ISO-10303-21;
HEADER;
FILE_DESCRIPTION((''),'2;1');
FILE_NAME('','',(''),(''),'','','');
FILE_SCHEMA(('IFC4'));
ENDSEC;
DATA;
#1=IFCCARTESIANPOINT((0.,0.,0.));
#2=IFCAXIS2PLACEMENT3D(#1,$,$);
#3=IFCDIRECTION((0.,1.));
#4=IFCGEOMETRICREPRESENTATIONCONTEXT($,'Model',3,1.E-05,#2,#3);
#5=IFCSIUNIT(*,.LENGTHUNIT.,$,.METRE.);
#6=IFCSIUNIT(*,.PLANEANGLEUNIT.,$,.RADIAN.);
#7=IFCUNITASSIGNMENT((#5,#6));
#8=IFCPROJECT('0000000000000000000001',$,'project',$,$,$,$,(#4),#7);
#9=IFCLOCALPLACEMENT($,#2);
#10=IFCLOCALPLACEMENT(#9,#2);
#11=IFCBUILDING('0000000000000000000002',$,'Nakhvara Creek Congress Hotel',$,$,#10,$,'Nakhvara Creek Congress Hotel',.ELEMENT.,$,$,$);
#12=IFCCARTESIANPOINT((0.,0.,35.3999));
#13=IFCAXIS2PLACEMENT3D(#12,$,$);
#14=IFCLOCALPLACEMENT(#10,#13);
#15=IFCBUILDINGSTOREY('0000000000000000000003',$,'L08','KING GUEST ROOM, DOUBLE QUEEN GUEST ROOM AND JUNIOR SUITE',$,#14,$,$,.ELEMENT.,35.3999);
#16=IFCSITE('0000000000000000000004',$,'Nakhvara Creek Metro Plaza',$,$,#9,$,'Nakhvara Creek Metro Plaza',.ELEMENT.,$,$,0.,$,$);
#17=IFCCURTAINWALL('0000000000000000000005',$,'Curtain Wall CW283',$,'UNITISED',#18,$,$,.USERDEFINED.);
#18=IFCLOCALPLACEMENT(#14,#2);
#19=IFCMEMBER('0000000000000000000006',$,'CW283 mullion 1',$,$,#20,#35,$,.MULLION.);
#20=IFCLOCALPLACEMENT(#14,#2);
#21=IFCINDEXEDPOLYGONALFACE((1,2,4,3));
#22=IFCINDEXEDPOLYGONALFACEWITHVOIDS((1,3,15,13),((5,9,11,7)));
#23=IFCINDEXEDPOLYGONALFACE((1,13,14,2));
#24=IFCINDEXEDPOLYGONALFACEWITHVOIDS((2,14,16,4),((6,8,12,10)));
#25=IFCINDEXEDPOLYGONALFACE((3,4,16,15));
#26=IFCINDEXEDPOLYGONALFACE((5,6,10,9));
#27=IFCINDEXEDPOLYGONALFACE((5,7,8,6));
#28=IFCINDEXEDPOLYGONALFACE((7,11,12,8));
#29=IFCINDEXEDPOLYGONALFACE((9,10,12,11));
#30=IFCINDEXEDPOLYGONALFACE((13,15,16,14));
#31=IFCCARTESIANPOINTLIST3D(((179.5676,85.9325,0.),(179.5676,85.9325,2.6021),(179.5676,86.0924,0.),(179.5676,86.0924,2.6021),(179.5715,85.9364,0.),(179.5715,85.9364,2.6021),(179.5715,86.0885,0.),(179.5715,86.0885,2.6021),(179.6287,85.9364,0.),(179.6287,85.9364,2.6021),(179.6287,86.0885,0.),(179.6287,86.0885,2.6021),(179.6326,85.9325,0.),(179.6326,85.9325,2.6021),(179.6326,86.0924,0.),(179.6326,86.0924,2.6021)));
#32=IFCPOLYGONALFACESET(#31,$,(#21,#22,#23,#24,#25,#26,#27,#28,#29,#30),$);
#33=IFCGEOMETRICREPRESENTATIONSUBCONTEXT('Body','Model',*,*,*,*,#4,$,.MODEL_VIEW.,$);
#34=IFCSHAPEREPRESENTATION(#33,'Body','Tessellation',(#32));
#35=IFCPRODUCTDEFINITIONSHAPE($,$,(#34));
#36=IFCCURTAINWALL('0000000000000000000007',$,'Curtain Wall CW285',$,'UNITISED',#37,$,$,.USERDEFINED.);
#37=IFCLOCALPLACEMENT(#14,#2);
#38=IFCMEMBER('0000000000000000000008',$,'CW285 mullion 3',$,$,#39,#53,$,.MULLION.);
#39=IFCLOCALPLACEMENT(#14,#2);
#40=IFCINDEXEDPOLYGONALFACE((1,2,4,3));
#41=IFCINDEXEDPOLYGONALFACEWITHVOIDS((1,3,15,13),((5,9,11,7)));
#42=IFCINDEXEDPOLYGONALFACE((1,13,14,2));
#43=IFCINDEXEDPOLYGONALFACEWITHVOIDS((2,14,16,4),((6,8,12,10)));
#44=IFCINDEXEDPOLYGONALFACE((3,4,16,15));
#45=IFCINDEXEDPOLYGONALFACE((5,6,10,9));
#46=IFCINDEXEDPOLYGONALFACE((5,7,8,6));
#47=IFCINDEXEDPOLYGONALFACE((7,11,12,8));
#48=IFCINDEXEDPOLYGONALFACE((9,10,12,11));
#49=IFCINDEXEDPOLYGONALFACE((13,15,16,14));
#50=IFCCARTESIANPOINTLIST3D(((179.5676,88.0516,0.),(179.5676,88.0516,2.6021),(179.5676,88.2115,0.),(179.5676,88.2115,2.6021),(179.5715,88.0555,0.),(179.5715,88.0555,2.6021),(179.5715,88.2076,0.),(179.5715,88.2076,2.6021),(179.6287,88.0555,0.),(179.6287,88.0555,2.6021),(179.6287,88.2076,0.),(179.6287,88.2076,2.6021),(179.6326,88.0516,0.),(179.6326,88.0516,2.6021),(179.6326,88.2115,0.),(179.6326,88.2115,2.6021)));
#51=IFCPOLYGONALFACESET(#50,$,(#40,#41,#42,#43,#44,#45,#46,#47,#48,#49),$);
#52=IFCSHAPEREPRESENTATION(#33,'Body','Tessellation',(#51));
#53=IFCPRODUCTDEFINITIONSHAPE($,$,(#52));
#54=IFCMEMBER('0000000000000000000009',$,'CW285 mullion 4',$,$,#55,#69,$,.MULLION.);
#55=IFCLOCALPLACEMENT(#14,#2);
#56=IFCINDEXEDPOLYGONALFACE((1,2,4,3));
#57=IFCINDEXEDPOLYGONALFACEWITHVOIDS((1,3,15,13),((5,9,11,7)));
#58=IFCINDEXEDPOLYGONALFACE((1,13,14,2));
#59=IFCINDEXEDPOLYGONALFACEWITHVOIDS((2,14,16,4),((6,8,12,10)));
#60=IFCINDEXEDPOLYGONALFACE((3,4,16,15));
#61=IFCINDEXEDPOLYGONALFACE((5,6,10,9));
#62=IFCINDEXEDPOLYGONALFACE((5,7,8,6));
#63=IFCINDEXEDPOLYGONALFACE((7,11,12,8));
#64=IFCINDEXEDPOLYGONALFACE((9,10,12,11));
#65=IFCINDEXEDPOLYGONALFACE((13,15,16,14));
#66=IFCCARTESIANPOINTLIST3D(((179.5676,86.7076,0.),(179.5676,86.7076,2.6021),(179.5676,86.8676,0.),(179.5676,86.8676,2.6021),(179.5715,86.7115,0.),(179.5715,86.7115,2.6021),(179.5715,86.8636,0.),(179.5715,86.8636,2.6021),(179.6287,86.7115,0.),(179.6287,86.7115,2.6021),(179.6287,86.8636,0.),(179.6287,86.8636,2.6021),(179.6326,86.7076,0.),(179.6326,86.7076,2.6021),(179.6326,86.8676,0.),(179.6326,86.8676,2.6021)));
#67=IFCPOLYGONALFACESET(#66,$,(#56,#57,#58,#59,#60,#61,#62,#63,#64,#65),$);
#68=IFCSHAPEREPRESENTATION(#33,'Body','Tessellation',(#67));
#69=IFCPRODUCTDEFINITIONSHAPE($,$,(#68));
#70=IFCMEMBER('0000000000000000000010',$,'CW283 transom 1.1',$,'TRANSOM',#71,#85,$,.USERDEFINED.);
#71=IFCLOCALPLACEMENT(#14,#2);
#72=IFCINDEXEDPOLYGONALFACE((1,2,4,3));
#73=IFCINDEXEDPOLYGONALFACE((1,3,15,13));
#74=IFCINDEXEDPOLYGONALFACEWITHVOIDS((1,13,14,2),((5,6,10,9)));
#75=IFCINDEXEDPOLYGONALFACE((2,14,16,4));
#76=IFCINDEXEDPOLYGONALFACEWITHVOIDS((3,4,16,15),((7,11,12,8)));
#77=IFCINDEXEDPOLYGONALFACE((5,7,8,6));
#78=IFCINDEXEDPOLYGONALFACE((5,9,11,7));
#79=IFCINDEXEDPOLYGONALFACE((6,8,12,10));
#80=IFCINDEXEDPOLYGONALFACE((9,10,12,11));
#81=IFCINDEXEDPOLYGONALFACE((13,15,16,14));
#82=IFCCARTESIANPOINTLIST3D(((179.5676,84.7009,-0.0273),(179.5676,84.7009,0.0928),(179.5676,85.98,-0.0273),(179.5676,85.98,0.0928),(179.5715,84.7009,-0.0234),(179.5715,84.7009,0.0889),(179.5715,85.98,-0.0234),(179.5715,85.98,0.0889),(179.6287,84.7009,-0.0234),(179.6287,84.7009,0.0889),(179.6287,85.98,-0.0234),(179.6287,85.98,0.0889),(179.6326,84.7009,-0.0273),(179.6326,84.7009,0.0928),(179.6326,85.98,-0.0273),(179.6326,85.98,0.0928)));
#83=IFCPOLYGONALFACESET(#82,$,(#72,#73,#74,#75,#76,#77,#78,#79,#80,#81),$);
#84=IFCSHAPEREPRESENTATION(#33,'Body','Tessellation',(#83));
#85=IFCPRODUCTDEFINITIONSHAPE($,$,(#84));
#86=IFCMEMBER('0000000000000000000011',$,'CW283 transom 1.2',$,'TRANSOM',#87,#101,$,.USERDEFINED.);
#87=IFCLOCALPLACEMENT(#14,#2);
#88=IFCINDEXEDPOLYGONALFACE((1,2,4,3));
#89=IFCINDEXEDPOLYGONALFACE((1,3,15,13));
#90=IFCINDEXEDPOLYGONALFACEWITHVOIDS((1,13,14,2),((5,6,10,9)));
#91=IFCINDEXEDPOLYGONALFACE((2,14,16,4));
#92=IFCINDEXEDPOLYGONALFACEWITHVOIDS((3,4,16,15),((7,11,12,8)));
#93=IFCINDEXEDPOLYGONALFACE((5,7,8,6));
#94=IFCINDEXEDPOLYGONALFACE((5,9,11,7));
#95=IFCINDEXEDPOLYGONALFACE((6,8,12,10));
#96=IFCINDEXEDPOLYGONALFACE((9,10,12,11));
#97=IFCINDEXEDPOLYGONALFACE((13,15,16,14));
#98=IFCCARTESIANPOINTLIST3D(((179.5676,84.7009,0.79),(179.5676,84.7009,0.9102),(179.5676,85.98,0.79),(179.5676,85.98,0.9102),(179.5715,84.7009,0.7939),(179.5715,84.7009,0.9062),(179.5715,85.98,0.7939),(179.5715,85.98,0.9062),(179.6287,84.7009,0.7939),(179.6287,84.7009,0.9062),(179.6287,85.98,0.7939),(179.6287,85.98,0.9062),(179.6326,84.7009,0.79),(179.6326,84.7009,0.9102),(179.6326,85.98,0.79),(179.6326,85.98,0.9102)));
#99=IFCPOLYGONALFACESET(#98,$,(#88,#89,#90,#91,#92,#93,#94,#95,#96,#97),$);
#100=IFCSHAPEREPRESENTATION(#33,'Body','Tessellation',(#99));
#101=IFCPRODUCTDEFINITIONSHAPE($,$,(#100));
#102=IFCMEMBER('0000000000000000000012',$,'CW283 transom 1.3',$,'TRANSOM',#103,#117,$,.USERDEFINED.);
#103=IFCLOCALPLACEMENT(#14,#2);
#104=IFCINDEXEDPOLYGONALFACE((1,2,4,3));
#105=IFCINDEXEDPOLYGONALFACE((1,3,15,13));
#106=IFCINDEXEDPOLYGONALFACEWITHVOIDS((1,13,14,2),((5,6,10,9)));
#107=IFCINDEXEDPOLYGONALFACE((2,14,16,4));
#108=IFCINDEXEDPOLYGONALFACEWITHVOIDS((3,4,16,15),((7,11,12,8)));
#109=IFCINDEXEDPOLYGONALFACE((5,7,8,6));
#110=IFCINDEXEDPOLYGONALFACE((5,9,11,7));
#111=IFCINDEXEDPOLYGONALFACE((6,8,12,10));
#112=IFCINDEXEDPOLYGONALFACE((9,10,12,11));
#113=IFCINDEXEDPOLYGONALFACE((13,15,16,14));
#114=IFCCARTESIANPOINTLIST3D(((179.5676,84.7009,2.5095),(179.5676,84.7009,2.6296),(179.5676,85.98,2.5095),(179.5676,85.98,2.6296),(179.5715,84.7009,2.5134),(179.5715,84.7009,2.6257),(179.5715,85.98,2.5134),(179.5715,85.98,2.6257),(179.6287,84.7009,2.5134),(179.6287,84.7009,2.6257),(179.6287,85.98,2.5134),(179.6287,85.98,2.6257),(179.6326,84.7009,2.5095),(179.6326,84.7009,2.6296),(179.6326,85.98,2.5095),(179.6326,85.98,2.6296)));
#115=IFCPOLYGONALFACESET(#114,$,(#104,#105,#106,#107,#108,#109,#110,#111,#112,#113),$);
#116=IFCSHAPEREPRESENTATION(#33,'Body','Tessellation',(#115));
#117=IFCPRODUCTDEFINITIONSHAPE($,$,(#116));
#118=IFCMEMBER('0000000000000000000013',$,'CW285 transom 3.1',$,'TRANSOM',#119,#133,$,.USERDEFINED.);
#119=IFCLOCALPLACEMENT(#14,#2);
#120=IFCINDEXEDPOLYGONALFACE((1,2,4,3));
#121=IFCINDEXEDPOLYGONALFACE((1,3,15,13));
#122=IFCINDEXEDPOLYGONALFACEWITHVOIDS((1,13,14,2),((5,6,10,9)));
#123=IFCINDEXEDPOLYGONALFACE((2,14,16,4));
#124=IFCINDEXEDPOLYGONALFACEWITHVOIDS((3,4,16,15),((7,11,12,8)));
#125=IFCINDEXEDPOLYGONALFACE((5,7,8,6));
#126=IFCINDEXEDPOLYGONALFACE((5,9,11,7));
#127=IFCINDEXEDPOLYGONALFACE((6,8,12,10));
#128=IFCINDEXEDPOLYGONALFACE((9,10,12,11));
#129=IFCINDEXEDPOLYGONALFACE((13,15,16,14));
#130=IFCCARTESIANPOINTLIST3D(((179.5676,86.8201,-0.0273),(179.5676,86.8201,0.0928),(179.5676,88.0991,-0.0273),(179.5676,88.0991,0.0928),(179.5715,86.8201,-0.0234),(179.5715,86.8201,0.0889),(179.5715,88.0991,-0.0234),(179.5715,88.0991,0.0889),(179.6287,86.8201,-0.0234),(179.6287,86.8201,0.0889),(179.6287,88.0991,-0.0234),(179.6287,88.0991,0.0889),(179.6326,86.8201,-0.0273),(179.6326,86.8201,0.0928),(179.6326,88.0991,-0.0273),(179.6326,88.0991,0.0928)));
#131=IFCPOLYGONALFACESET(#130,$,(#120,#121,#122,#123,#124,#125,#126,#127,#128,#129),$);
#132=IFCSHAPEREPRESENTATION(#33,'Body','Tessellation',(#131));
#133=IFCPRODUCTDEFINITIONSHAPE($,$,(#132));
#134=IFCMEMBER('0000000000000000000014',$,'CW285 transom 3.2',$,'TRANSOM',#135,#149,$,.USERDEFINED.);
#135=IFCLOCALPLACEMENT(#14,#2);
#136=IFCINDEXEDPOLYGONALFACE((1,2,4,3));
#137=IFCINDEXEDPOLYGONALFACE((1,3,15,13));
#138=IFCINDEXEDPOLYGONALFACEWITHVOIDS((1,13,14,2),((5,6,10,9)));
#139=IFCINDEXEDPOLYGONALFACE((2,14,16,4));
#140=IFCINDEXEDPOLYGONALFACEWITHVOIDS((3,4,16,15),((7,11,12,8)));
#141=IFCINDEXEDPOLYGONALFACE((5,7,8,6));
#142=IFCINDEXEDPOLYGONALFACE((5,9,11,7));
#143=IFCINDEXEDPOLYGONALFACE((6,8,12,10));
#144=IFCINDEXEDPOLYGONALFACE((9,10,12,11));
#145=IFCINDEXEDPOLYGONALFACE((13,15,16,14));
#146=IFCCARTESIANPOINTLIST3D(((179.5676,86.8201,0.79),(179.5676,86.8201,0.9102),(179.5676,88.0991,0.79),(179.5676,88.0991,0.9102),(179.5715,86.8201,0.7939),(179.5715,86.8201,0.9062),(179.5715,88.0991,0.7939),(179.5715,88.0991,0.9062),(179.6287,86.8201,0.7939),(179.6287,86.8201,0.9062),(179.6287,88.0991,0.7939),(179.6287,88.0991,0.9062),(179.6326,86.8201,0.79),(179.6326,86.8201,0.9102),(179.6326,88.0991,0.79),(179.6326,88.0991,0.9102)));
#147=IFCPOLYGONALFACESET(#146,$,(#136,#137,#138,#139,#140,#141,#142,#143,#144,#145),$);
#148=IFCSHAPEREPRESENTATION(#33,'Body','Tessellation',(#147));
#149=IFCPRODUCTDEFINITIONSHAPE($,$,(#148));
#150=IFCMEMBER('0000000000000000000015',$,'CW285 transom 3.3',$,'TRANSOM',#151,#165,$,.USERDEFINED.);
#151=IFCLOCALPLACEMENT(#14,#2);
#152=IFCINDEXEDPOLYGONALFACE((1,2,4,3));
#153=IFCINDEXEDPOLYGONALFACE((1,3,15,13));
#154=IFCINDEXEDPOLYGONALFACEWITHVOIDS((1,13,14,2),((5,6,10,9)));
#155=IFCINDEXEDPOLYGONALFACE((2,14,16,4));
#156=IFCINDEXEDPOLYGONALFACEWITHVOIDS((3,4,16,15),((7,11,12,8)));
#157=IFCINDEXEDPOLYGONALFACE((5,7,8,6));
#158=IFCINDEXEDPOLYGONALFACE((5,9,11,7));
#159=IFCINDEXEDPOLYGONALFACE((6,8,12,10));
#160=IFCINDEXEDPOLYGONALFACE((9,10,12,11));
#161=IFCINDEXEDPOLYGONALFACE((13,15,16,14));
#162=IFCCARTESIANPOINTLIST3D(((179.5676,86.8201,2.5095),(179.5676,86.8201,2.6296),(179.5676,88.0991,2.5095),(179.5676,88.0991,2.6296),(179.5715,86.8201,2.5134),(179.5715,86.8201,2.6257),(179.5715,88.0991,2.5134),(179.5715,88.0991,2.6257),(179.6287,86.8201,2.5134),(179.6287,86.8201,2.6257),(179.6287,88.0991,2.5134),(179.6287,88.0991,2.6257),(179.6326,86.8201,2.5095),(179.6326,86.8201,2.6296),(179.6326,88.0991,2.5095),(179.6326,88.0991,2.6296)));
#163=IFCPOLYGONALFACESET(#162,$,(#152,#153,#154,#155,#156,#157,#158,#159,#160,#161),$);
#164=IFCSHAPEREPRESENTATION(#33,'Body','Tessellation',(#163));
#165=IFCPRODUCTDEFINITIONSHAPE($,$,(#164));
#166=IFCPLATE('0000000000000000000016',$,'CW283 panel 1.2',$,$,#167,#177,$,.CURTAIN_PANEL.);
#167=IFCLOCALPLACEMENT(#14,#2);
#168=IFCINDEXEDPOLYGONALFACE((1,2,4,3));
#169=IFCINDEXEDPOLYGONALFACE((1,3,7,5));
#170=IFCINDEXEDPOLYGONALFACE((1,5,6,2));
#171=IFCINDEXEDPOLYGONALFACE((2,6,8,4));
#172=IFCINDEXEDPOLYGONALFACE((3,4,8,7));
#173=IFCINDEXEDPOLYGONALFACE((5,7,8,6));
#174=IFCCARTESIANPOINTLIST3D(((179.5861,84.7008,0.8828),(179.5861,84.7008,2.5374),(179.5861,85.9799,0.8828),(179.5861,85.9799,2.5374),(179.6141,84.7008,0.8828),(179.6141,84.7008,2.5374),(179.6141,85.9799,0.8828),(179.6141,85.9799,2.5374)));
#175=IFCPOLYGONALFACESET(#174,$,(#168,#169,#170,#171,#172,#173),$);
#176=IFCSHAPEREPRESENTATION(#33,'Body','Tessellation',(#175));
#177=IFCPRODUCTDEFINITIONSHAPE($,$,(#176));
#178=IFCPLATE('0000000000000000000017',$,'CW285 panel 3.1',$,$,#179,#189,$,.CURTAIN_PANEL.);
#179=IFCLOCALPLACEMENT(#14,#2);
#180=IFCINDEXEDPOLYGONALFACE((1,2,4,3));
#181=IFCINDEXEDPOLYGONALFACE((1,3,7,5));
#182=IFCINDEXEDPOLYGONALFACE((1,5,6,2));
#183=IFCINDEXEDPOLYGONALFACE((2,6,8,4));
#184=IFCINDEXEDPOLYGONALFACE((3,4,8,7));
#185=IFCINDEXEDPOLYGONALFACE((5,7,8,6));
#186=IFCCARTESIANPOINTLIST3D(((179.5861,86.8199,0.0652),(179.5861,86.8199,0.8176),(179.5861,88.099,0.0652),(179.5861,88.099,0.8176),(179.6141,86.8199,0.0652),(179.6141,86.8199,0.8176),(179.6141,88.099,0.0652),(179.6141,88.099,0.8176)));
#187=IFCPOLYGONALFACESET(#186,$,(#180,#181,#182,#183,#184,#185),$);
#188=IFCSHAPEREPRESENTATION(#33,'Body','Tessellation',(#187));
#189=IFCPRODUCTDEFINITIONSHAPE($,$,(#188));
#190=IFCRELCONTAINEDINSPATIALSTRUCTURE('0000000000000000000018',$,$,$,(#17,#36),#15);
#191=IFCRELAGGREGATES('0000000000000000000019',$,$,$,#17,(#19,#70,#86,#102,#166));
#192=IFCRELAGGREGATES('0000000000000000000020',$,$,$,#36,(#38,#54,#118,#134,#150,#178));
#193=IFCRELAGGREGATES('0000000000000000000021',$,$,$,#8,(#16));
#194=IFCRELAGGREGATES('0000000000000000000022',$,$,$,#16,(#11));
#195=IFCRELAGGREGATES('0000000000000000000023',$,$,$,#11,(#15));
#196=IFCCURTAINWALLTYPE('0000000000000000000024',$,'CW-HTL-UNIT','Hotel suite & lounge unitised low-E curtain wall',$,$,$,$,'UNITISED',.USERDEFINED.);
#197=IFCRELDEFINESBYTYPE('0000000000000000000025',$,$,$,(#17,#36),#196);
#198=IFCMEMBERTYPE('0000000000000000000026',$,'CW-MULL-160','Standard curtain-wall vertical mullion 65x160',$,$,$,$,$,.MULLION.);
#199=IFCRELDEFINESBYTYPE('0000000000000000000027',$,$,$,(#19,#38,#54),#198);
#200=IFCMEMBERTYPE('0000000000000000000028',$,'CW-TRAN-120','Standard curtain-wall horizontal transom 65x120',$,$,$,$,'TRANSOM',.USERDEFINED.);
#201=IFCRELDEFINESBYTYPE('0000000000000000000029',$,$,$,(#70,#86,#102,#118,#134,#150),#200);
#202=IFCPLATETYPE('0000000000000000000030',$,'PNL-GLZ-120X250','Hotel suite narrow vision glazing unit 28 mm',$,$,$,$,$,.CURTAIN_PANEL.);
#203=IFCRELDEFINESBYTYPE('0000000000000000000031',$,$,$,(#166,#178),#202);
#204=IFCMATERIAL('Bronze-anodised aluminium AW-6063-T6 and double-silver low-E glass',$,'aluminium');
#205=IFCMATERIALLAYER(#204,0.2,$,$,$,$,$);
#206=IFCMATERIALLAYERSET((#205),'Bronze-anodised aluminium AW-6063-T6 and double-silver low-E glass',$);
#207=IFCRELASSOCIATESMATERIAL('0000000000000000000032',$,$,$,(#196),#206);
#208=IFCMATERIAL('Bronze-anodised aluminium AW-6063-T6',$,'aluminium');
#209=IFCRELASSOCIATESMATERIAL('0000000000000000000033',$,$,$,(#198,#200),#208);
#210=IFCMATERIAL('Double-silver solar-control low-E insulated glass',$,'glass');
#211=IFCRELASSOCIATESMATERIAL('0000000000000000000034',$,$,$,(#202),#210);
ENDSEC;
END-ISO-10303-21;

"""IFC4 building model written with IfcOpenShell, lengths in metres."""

from ifc_helpers import new_model, si_unit, direction, frame, origin, origin_2d, place, context, subcontext, project, spatial, rectangle, hollow_rectangle, extrude, material, layer, layer_set, material_profile, profile_set, type_object, element, aggregate, save


model = new_model("IFC4")

# Units and contexts
model_context = context("Model", 3, precision=1e-05, world=origin(), true_north=direction((0.0, 1.0)))
body_context = subcontext(model_context, "Body", "Model", "MODEL_VIEW")
ifc_project = project(units=[si_unit("LENGTHUNIT", "METRE"), si_unit("PLANEANGLEUNIT", "RADIAN")], contexts=[model_context])

# Site, building, storey
site_placement = place(None, origin())
site = spatial("IfcSite", under=ifc_project, at=site_placement, Name="Nakhvara Creek Metro Plaza", LongName="Nakhvara Creek Metro Plaza", CompositionType="ELEMENT", RefElevation=0.0)
building_placement = place(site_placement, origin())
building = spatial("IfcBuilding", under=site, at=building_placement, Name="Nakhvara Creek Congress Hotel", LongName="Nakhvara Creek Congress Hotel", CompositionType="ELEMENT")
storey_placement = place(building_placement, frame((0.0, 0.0, 35.3999)))
storey = spatial("IfcBuildingStorey", under=building, at=storey_placement, Name="L08", Description="KING GUEST ROOM, DOUBLE QUEEN GUEST ROOM AND JUNIOR SUITE", CompositionType="ELEMENT", Elevation=35.3999)

# Curtain wall, member
ifc_material_1 = material(Name="Bronze-anodised aluminium AW-6063-T6 and double-silver low-E glass", Category="aluminium")
ifc_layer_1 = layer(ifc_material_1, 0.2)
ifc_layer_set_1 = layer_set([ifc_layer_1], Name="Bronze-anodised aluminium AW-6063-T6 and double-silver low-E glass")
curtain_wall_type = type_object("IfcCurtainWallType", Name="CW-HTL-UNIT", Description="Hotel suite & lounge unitised low-E curtain wall", ElementType="UNITISED", PredefinedType="USERDEFINED", material=ifc_layer_set_1)
curtain_wall_1_placement = place(storey_placement, origin())
curtain_wall_1 = element("IfcCurtainWall", 1, at=curtain_wall_1_placement, inside=storey, type_object=curtain_wall_type, Name="Curtain Wall CW283", ObjectType="UNITISED", PredefinedType="USERDEFINED")
ifc_material_2 = material(Name="Bronze-anodised aluminium AW-6063-T6", Category="aluminium")
ifc_material_profile_1 = material_profile(ifc_material_2, hollow_rectangle(XDim=0.0649, YDim=0.1599, WallThickness=0.0039, at=origin_2d()), Name="ALU-MULL 65x160x4", Category="LoadBearing")
ifc_profile_set_1 = profile_set([ifc_material_profile_1], Name="Bronze-anodised aluminium AW-6063-T6")
member_type_1 = type_object("IfcMemberType", Name="CW-MULL-160", Description="Standard curtain-wall vertical mullion 65x160", PredefinedType="MULLION", material=ifc_profile_set_1)
member_1_placement = place(storey_placement, frame((179.6001, 86.0125, 0.0), z_axis=(0.0, 0.0, 1.0), x_axis=(1.0, 0.0, 0.0)))
member_1 = element("IfcMember", 2, at=member_1_placement, type_object=member_type_1, Name="CW283 mullion 1", PredefinedType="MULLION", context=body_context, shape_type="SweptSolid", body=[
    extrude(hollow_rectangle(XDim=0.0649, YDim=0.1599, WallThickness=0.0039, at=origin_2d()), origin(), (0.0, 0.0, 1.0), 2.6021),
])

# Curtain wall, members
curtain_wall_2_placement = place(storey_placement, origin())
curtain_wall_2 = element("IfcCurtainWall", 3, at=curtain_wall_2_placement, inside=storey, type_object=curtain_wall_type, Name="Curtain Wall CW285", ObjectType="UNITISED", PredefinedType="USERDEFINED")
member_2_placement = place(storey_placement, frame((179.6001, 88.1316, 0.0), z_axis=(0.0, 0.0, 1.0), x_axis=(1.0, 0.0, 0.0)))
member_2 = element("IfcMember", 4, at=member_2_placement, type_object=member_type_1, Name="CW285 mullion 3", PredefinedType="MULLION", context=body_context, shape_type="SweptSolid", body=[
    extrude(hollow_rectangle(XDim=0.0649, YDim=0.1599, WallThickness=0.0039, at=origin_2d()), origin(), (0.0, 0.0, 1.0), 2.6021),
])
member_3_placement = place(storey_placement, frame((179.6001, 86.7876, 0.0), z_axis=(0.0, 0.0, 1.0), x_axis=(1.0, 0.0, 0.0)))
member_3 = element("IfcMember", 5, at=member_3_placement, type_object=member_type_1, Name="CW285 mullion 4", PredefinedType="MULLION", context=body_context, shape_type="SweptSolid", body=[
    extrude(hollow_rectangle(XDim=0.0649, YDim=0.1599, WallThickness=0.0039, at=origin_2d()), origin(), (0.0, 0.0, 1.0), 2.6021),
])

# Members
ifc_material_profile_2 = material_profile(ifc_material_2, hollow_rectangle(XDim=0.0649, YDim=0.1201, WallThickness=0.0039, at=origin_2d()), Name="ALU-TRAN 65x120x4", Category="LoadBearing")
ifc_profile_set_2 = profile_set([ifc_material_profile_2], Name="Bronze-anodised aluminium AW-6063-T6")
member_type_2 = type_object("IfcMemberType", Name="CW-TRAN-120", Description="Standard curtain-wall horizontal transom 65x120", ElementType="TRANSOM", PredefinedType="USERDEFINED", material=ifc_profile_set_2)
member_4_placement = place(storey_placement, frame((179.6001, 85.98, 0.0327), z_axis=(0.0, -1.0, 0.0), x_axis=(1.0, 0.0, 0.0)))
member_4 = element("IfcMember", 6, at=member_4_placement, type_object=member_type_2, Name="CW283 transom 1.1", ObjectType="TRANSOM", PredefinedType="USERDEFINED", context=body_context, shape_type="SweptSolid", body=[
    extrude(hollow_rectangle(XDim=0.0649, YDim=0.1201, WallThickness=0.0039, at=origin_2d()), origin(), (0.0, 0.0, 1.0), 1.2791),
])
member_5_placement = place(storey_placement, frame((179.6001, 85.98, 0.8501), z_axis=(0.0, -1.0, 0.0), x_axis=(1.0, 0.0, 0.0)))
member_5 = element("IfcMember", 7, at=member_5_placement, type_object=member_type_2, Name="CW283 transom 1.2", ObjectType="TRANSOM", PredefinedType="USERDEFINED", context=body_context, shape_type="SweptSolid", body=[
    extrude(hollow_rectangle(XDim=0.0649, YDim=0.1201, WallThickness=0.0039, at=origin_2d()), origin(), (0.0, 0.0, 1.0), 1.2791),
])
member_6_placement = place(storey_placement, frame((179.6001, 85.98, 2.5696), z_axis=(0.0, -1.0, 0.0), x_axis=(1.0, 0.0, 0.0)))
member_6 = element("IfcMember", 8, at=member_6_placement, type_object=member_type_2, Name="CW283 transom 1.3", ObjectType="TRANSOM", PredefinedType="USERDEFINED", context=body_context, shape_type="SweptSolid", body=[
    extrude(hollow_rectangle(XDim=0.0649, YDim=0.1201, WallThickness=0.0039, at=origin_2d()), origin(), (0.0, 0.0, 1.0), 1.2791),
])
member_7_placement = place(storey_placement, frame((179.6001, 88.0991, 0.0327), z_axis=(0.0, -1.0, 0.0), x_axis=(1.0, 0.0, 0.0)))
member_7 = element("IfcMember", 9, at=member_7_placement, type_object=member_type_2, Name="CW285 transom 3.1", ObjectType="TRANSOM", PredefinedType="USERDEFINED", context=body_context, shape_type="SweptSolid", body=[
    extrude(hollow_rectangle(XDim=0.0649, YDim=0.1201, WallThickness=0.0039, at=origin_2d()), origin(), (0.0, 0.0, 1.0), 1.2791),
])
member_8_placement = place(storey_placement, frame((179.6001, 88.0991, 0.8501), z_axis=(0.0, -1.0, 0.0), x_axis=(1.0, 0.0, 0.0)))
member_8 = element("IfcMember", 10, at=member_8_placement, type_object=member_type_2, Name="CW285 transom 3.2", ObjectType="TRANSOM", PredefinedType="USERDEFINED", context=body_context, shape_type="SweptSolid", body=[
    extrude(hollow_rectangle(XDim=0.0649, YDim=0.1201, WallThickness=0.0039, at=origin_2d()), origin(), (0.0, 0.0, 1.0), 1.2791),
])
member_9_placement = place(storey_placement, frame((179.6001, 88.0991, 2.5696), z_axis=(0.0, -1.0, 0.0), x_axis=(1.0, 0.0, 0.0)))
member_9 = element("IfcMember", 11, at=member_9_placement, type_object=member_type_2, Name="CW285 transom 3.3", ObjectType="TRANSOM", PredefinedType="USERDEFINED", context=body_context, shape_type="SweptSolid", body=[
    extrude(hollow_rectangle(XDim=0.0649, YDim=0.1201, WallThickness=0.0039, at=origin_2d()), origin(), (0.0, 0.0, 1.0), 1.2791),
])

# Plates
ifc_material_3 = material(Name="Double-silver solar-control low-E insulated glass", Category="glass")
plate_type = type_object("IfcPlateType", Name="PNL-GLZ-120X250", Description="Hotel suite narrow vision glazing unit 28 mm", PredefinedType="CURTAIN_PANEL", material=ifc_material_3)
plate_1_placement = place(storey_placement, frame((179.6001, 85.3403, 0.8828), z_axis=(0.0, 0.0, 1.0), x_axis=(0.0, -1.0, 0.0)))
plate_1 = element("IfcPlate", 12, at=plate_1_placement, type_object=plate_type, Name="CW283 panel 1.2", PredefinedType="CURTAIN_PANEL", context=body_context, shape_type="SweptSolid", body=[
    extrude(rectangle(XDim=1.2791, YDim=0.0281, at=origin_2d()), origin(), (0.0, 0.0, 1.0), 1.6545),
])
aggregate(curtain_wall_1, [member_1, member_4, member_5, member_6, plate_1])
plate_2_placement = place(storey_placement, frame((179.6001, 87.4595, 0.0652), z_axis=(0.0, 0.0, 1.0), x_axis=(0.0, -1.0, 0.0)))
plate_2 = element("IfcPlate", 13, at=plate_2_placement, type_object=plate_type, Name="CW285 panel 3.1", PredefinedType="CURTAIN_PANEL", context=body_context, shape_type="SweptSolid", body=[
    extrude(rectangle(XDim=1.2791, YDim=0.0281, at=origin_2d()), origin(), (0.0, 0.0, 1.0), 0.7524),
])
aggregate(curtain_wall_2, [member_2, member_3, member_7, member_8, member_9, plate_2])

save(model, "model.ifc")
